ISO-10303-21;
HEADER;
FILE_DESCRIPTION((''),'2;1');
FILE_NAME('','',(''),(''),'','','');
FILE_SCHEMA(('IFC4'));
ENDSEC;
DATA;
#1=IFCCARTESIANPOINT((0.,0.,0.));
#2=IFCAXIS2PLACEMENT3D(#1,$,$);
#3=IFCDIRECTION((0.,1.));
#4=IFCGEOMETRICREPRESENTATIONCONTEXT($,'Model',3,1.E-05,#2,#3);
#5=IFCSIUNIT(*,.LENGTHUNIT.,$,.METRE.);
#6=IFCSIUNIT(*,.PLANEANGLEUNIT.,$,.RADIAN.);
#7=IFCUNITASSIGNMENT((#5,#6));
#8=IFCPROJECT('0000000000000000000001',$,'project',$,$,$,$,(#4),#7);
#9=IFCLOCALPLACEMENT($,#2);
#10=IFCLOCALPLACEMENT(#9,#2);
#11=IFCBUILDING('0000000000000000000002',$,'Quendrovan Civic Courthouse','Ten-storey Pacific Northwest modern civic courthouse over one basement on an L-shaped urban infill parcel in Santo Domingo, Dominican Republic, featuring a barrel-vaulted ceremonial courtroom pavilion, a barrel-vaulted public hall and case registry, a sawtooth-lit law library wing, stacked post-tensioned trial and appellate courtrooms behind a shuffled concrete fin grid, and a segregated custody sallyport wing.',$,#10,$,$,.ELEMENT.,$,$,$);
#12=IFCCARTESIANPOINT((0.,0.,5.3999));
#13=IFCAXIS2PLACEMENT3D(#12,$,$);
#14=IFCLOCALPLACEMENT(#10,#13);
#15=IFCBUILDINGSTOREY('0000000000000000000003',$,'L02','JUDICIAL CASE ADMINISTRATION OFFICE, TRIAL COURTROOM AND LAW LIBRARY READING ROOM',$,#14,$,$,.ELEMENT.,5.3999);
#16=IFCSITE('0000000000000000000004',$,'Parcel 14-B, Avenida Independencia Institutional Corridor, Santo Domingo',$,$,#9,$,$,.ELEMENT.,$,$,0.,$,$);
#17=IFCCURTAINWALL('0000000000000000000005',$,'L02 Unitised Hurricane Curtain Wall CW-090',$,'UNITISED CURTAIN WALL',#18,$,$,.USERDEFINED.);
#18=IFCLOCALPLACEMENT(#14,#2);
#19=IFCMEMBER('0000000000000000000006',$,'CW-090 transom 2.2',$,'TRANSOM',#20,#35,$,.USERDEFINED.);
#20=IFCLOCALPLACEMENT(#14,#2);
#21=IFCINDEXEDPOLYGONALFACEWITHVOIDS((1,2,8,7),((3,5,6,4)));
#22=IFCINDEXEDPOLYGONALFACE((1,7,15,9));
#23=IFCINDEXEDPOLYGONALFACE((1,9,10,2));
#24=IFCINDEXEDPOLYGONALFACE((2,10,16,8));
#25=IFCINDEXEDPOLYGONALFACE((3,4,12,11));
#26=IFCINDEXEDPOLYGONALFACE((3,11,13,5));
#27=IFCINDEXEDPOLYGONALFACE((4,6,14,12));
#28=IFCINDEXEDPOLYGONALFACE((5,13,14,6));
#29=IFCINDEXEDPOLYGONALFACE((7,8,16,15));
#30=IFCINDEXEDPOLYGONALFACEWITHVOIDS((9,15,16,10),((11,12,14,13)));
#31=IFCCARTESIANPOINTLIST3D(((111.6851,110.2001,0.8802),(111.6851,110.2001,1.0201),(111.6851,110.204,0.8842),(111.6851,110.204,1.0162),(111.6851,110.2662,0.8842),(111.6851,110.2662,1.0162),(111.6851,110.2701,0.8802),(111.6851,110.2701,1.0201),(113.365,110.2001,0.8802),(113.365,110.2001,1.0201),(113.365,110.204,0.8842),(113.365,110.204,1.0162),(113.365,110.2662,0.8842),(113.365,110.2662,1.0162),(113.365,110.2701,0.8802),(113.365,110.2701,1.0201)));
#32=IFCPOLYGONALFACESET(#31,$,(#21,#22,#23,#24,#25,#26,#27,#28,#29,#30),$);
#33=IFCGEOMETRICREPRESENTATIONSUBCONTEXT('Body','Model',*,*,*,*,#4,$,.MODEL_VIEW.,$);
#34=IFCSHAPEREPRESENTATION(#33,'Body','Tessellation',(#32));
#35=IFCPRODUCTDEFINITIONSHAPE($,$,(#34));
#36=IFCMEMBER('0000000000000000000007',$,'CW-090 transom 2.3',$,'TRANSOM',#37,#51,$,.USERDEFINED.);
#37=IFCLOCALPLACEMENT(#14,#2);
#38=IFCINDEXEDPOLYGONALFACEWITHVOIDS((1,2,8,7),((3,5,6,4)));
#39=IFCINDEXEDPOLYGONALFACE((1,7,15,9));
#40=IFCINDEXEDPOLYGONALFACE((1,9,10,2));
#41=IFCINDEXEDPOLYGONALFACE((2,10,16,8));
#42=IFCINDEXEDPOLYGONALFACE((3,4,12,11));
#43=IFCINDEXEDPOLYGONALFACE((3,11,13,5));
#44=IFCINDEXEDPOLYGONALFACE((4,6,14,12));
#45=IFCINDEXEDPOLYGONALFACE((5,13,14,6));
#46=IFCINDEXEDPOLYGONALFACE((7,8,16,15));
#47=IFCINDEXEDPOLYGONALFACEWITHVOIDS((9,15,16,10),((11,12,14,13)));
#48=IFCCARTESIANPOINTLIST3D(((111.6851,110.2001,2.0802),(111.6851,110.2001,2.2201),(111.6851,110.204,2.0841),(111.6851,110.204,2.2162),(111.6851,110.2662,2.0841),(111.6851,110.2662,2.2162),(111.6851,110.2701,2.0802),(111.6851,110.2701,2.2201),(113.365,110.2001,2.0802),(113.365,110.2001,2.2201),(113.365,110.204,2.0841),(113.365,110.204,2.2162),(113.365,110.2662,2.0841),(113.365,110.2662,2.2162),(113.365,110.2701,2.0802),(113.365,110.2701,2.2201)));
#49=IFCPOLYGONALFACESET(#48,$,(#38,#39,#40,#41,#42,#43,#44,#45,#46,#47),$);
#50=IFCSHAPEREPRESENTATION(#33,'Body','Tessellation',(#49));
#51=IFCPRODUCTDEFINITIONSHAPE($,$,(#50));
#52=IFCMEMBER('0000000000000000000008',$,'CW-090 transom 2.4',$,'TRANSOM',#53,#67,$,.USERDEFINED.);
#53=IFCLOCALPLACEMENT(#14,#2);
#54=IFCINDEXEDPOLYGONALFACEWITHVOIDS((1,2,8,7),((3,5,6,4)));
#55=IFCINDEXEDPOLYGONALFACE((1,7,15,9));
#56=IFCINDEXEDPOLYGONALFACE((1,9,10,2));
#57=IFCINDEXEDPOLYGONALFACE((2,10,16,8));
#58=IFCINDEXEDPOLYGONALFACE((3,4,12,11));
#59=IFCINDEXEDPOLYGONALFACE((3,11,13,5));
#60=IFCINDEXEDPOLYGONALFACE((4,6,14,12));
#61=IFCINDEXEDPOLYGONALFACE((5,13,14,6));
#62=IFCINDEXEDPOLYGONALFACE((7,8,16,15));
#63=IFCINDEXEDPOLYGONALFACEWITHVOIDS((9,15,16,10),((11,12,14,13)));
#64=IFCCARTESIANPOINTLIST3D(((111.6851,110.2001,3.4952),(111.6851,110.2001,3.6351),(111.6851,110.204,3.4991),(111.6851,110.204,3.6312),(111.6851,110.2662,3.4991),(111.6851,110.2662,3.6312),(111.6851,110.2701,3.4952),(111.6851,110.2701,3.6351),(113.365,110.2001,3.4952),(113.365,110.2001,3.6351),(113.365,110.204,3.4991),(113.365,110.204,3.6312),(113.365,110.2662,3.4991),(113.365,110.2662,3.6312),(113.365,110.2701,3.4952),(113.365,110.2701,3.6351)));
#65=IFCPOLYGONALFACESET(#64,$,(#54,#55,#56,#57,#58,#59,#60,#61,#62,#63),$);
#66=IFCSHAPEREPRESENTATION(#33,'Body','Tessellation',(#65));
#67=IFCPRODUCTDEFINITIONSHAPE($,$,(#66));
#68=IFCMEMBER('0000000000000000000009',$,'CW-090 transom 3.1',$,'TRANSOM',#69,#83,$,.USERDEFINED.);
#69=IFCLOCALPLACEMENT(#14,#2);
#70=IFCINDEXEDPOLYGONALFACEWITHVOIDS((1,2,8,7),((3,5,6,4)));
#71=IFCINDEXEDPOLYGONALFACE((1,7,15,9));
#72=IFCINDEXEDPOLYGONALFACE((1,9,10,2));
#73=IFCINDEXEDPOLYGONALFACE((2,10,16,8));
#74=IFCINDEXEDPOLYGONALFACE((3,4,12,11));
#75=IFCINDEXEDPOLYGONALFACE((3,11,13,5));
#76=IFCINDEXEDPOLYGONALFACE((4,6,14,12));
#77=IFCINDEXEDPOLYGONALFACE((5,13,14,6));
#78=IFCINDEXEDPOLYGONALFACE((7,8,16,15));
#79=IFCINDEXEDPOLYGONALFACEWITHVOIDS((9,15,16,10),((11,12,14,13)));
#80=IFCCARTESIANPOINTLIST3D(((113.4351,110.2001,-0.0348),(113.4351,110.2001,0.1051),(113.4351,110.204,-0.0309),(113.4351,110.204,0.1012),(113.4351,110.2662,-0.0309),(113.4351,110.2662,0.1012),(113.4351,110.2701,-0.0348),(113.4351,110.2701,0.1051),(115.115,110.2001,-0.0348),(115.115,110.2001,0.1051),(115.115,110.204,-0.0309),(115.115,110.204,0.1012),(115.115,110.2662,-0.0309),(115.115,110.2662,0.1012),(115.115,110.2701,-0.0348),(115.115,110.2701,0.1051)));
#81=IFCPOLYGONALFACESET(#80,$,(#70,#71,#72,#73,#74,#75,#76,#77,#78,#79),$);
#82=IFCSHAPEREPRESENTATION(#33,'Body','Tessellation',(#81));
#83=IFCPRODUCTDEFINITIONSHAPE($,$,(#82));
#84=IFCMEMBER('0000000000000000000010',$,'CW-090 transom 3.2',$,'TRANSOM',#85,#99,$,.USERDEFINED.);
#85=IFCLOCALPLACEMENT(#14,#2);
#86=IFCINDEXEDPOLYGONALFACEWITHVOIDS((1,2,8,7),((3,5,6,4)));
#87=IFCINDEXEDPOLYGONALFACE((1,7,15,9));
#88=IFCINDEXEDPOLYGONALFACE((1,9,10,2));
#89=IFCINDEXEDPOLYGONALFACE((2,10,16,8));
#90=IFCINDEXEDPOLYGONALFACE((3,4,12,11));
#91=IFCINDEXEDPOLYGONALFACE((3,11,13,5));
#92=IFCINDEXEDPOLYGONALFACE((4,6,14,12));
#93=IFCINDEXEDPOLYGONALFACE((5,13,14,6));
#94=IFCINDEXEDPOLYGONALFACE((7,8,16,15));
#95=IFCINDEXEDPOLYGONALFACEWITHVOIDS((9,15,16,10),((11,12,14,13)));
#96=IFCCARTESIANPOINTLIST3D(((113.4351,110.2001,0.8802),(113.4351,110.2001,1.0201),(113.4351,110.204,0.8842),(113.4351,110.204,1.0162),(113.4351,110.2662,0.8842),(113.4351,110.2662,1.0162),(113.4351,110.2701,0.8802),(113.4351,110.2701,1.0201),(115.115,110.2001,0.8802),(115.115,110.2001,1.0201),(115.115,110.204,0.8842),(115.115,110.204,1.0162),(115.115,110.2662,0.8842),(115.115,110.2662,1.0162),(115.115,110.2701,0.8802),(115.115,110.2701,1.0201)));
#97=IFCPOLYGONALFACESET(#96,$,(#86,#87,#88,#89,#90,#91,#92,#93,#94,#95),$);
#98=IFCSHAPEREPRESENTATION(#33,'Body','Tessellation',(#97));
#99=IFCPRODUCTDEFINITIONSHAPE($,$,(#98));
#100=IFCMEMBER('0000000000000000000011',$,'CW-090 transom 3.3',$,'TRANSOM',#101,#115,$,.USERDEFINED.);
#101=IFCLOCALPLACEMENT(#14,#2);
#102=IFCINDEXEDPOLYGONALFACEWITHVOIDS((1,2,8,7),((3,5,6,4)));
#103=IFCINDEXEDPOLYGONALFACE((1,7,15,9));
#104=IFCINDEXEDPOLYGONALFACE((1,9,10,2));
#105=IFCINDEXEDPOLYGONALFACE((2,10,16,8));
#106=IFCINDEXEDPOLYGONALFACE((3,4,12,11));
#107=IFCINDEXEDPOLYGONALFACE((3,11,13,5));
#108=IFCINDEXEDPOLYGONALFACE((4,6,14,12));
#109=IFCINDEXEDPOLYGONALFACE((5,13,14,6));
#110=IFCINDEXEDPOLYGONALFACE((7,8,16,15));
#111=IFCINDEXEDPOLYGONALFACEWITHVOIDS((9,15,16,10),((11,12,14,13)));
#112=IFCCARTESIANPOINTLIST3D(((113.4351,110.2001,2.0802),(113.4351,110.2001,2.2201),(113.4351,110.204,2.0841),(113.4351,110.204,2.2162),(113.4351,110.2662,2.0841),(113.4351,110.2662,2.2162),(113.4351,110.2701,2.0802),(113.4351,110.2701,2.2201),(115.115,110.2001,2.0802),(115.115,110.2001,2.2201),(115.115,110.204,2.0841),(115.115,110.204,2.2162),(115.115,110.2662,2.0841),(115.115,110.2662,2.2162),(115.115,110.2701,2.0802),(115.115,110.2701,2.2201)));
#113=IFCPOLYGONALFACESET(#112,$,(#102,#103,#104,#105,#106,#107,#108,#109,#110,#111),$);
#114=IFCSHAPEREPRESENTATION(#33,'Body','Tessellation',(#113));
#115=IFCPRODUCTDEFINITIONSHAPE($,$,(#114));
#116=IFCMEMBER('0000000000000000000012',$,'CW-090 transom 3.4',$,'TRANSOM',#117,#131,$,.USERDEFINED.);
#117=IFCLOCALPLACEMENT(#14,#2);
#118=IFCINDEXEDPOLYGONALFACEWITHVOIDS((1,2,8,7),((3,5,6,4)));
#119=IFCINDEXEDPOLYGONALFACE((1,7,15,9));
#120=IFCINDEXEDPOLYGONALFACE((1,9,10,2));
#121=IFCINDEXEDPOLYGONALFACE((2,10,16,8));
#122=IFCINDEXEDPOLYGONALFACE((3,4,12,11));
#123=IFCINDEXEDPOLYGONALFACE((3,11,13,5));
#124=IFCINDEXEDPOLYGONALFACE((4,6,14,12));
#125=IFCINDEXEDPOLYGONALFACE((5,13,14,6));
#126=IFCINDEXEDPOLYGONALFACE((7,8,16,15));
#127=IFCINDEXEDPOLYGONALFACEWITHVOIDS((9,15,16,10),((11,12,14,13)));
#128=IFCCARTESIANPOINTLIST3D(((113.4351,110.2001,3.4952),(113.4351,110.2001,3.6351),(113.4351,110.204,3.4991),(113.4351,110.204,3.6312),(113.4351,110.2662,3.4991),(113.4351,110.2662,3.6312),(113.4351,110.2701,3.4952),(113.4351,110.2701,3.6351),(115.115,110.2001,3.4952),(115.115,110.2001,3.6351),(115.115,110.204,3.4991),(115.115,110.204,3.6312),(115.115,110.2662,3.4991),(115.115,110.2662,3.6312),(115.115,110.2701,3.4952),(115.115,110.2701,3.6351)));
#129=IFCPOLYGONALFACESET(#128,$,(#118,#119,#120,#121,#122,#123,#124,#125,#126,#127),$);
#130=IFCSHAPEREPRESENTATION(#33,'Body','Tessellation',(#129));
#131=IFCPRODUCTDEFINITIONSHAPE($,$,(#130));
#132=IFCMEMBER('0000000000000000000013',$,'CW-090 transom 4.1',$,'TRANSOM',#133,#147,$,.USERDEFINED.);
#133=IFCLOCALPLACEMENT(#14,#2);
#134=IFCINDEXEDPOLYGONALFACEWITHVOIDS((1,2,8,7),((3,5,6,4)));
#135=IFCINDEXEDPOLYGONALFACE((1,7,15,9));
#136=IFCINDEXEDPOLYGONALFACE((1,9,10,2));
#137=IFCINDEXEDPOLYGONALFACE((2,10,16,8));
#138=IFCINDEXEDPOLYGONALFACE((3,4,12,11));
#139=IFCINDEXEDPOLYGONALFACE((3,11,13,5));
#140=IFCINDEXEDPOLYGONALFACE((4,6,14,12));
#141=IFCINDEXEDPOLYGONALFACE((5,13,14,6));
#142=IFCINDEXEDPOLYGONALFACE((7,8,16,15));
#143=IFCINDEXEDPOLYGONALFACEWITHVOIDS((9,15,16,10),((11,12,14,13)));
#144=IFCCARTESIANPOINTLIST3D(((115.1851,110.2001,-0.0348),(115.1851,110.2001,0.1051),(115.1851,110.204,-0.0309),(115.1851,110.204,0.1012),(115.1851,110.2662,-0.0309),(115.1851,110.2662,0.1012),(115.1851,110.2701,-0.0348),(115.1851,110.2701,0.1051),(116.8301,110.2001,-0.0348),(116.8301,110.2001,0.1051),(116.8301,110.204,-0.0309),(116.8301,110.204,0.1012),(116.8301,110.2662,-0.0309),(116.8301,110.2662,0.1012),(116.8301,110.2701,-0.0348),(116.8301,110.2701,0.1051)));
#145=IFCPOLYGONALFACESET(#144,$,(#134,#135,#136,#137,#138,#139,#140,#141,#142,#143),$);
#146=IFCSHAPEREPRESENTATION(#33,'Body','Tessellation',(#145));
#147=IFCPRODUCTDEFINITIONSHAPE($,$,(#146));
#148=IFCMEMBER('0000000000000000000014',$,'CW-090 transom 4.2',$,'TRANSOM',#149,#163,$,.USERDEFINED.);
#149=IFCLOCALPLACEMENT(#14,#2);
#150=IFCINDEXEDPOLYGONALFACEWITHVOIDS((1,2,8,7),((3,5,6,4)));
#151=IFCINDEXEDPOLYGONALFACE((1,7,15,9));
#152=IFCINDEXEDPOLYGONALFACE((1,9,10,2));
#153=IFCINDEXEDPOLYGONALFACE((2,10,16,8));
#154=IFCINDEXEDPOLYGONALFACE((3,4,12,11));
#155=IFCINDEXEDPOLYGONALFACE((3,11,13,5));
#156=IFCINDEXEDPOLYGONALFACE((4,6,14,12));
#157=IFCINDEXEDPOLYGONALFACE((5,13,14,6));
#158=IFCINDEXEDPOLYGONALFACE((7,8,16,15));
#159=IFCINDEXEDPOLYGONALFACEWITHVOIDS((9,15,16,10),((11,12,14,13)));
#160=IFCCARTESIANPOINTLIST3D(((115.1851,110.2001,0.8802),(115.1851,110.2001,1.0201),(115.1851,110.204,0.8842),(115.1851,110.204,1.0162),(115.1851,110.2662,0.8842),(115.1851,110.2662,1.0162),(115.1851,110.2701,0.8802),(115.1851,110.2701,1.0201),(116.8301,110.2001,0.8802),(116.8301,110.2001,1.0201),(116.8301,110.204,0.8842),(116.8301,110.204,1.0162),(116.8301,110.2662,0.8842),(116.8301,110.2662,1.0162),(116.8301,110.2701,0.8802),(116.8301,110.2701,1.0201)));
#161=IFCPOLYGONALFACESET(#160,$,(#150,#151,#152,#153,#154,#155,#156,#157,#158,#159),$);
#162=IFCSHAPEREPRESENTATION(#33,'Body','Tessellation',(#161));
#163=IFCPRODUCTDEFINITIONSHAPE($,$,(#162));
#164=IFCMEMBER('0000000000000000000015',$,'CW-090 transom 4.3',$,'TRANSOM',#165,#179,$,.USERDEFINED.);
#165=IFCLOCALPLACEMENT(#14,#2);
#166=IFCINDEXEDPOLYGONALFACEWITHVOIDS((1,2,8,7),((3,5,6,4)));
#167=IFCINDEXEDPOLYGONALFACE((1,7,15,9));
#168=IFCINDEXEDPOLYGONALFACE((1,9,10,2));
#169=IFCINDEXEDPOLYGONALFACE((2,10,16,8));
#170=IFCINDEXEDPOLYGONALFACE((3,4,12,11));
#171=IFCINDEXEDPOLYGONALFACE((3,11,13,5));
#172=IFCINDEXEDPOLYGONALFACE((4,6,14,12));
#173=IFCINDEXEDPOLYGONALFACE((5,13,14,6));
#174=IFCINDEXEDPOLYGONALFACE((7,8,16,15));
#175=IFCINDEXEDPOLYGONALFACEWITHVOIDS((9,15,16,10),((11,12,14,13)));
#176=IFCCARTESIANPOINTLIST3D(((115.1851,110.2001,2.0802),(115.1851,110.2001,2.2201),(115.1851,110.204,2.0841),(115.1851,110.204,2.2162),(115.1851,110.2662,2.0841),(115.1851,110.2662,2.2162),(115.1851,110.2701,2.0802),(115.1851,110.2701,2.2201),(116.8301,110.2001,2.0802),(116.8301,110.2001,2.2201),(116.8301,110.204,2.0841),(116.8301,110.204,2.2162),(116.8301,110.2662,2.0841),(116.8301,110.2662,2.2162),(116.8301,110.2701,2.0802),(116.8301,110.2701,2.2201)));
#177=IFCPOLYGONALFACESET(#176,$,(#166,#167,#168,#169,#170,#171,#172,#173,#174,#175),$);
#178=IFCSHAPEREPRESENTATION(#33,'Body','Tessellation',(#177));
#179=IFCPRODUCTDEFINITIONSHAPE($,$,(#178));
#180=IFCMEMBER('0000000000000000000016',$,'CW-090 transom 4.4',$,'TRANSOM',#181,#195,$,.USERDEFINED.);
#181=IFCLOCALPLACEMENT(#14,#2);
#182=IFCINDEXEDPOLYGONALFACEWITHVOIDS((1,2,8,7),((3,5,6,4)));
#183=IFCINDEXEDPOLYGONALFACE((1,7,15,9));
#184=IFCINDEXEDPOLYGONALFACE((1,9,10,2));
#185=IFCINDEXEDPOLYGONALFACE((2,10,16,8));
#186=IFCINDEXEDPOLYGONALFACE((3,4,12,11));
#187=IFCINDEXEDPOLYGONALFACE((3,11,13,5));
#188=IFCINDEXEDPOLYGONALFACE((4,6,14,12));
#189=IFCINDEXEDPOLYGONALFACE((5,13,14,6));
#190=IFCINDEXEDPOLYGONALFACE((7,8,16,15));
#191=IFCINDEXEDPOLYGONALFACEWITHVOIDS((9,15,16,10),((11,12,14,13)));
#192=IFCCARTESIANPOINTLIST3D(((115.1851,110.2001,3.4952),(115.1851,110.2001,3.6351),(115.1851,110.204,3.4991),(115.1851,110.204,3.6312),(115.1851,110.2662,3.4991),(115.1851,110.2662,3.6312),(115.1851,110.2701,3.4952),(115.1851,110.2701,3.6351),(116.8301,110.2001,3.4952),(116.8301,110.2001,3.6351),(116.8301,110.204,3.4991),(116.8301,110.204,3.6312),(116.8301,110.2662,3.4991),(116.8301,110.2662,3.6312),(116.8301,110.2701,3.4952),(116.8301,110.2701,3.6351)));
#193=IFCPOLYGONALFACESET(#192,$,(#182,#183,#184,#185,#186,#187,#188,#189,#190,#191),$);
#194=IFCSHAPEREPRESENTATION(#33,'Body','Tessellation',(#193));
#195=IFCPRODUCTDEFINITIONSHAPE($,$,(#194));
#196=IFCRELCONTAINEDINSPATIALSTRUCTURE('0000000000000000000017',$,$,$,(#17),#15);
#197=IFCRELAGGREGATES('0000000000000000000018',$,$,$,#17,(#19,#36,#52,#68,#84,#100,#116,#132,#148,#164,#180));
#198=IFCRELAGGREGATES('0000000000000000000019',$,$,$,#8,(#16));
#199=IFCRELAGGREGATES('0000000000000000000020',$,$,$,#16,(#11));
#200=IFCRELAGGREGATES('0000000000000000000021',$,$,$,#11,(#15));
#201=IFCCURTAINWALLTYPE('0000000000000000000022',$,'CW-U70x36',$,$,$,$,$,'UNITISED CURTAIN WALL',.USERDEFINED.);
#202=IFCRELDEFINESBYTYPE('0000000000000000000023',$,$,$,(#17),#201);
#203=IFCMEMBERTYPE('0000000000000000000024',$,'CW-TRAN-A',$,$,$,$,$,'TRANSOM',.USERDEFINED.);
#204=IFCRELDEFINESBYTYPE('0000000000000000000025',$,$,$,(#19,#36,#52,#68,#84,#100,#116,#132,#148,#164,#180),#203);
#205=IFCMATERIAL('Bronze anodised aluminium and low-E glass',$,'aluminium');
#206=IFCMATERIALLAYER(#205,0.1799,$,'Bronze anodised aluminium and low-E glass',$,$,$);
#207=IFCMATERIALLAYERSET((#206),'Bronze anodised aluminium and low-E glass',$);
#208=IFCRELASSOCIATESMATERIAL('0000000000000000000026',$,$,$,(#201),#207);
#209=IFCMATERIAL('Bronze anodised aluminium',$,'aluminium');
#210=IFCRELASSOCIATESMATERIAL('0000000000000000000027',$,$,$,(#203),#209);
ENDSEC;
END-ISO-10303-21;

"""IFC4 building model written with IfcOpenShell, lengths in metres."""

from ifc_helpers import new_model, si_unit, direction, frame, origin, origin_2d, place, context, subcontext, project, spatial, hollow_rectangle, extrude, material, layer, layer_set, material_profile, profile_set, type_object, element, aggregate, save


model = new_model("IFC4")

# Units and contexts
model_context = context("Model", 3, precision=1e-05, world=origin(), true_north=direction((0.0, 1.0)))
body_context = subcontext(model_context, "Body", "Model", "MODEL_VIEW")
ifc_project = project(units=[si_unit("LENGTHUNIT", "METRE"), si_unit("PLANEANGLEUNIT", "RADIAN")], contexts=[model_context])

# Site, building, storey
site_placement = place(None, origin())
site = spatial("IfcSite", under=ifc_project, at=site_placement, Name="Parcel 14-B, Avenida Independencia Institutional Corridor, Santo Domingo", CompositionType="ELEMENT", RefElevation=0.0)
building_placement = place(site_placement, origin())
building = spatial("IfcBuilding", under=site, at=building_placement, Name="Quendrovan Civic Courthouse", Description="Ten-storey Pacific Northwest modern civic courthouse over one basement on an L-shaped urban infill parcel in Santo Domingo, Dominican Republic, featuring a barrel-vaulted ceremonial courtroom pavilion, a barrel-vaulted public hall and case registry, a sawtooth-lit law library wing, stacked post-tensioned trial and appellate courtrooms behind a shuffled concrete fin grid, and a segregated custody sallyport wing.", CompositionType="ELEMENT")
storey_placement = place(building_placement, frame((0.0, 0.0, 5.3999)))
storey = spatial("IfcBuildingStorey", under=building, at=storey_placement, Name="L02", Description="JUDICIAL CASE ADMINISTRATION OFFICE, TRIAL COURTROOM AND LAW LIBRARY READING ROOM", CompositionType="ELEMENT", Elevation=5.3999)

# Curtain wall
ifc_material_1 = material(Name="Bronze anodised aluminium and low-E glass", Category="aluminium")
ifc_layer_1 = layer(ifc_material_1, 0.1799, Name="Bronze anodised aluminium and low-E glass")
ifc_layer_set_1 = layer_set([ifc_layer_1], Name="Bronze anodised aluminium and low-E glass")
curtain_wall_type_1 = type_object("IfcCurtainWallType", Name="CW-U70x36", ElementType="UNITISED CURTAIN WALL", PredefinedType="USERDEFINED", material=ifc_layer_set_1)
curtain_wall_1_placement = place(storey_placement, origin())
curtain_wall_1 = element("IfcCurtainWall", 1, at=curtain_wall_1_placement, inside=storey, type_object=curtain_wall_type_1, Name="L02 Unitised Hurricane Curtain Wall CW-090", ObjectType="UNITISED CURTAIN WALL", PredefinedType="USERDEFINED")
ifc_material_2 = material(Name="Bronze anodised aluminium", Category="aluminium")

# Members
ifc_material_profile_1 = material_profile(ifc_material_2, hollow_rectangle(XDim=0.0701, YDim=0.1399, WallThickness=0.0039, at=origin_2d()), Name="CW-TRAN-70x140")
ifc_profile_set_1 = profile_set([ifc_material_profile_1], Name="Bronze anodised aluminium")
member_type_1 = type_object("IfcMemberType", Name="CW-TRAN-A", ElementType="TRANSOM", PredefinedType="USERDEFINED", material=ifc_profile_set_1)
member_1_placement = place(storey_placement, frame((111.6851, 110.2351, 0.9502), z_axis=(1.0, 0.0, 0.0), x_axis=(0.0, 1.0, 0.0)))
member_1 = element("IfcMember", 2, at=member_1_placement, type_object=member_type_1, Name="CW-090 transom 2.2", ObjectType="TRANSOM", PredefinedType="USERDEFINED", context=body_context, shape_type="SweptSolid", body=[
    extrude(hollow_rectangle(XDim=0.0701, YDim=0.1399, WallThickness=0.0039, at=origin_2d()), origin(), (0.0, 0.0, 1.0), 1.6799),
])
member_2_placement = place(storey_placement, frame((111.6851, 110.2351, 2.1501), z_axis=(1.0, 0.0, 0.0), x_axis=(0.0, 1.0, 0.0)))
member_2 = element("IfcMember", 3, at=member_2_placement, type_object=member_type_1, Name="CW-090 transom 2.3", ObjectType="TRANSOM", PredefinedType="USERDEFINED", context=body_context, shape_type="SweptSolid", body=[
    extrude(hollow_rectangle(XDim=0.0701, YDim=0.1399, WallThickness=0.0039, at=origin_2d()), origin(), (0.0, 0.0, 1.0), 1.6799),
])
member_3_placement = place(storey_placement, frame((111.6851, 110.2351, 3.5652), z_axis=(1.0, 0.0, 0.0), x_axis=(0.0, 1.0, 0.0)))
member_3 = element("IfcMember", 4, at=member_3_placement, type_object=member_type_1, Name="CW-090 transom 2.4", ObjectType="TRANSOM", PredefinedType="USERDEFINED", context=body_context, shape_type="SweptSolid", body=[
    extrude(hollow_rectangle(XDim=0.0701, YDim=0.1399, WallThickness=0.0039, at=origin_2d()), origin(), (0.0, 0.0, 1.0), 1.6799),
])
member_4_placement = place(storey_placement, frame((113.4351, 110.2351, 0.0352), z_axis=(1.0, 0.0, 0.0), x_axis=(0.0, 1.0, 0.0)))
member_4 = element("IfcMember", 5, at=member_4_placement, type_object=member_type_1, Name="CW-090 transom 3.1", ObjectType="TRANSOM", PredefinedType="USERDEFINED", context=body_context, shape_type="SweptSolid", body=[
    extrude(hollow_rectangle(XDim=0.0701, YDim=0.1399, WallThickness=0.0039, at=origin_2d()), origin(), (0.0, 0.0, 1.0), 1.6799),
])
member_5_placement = place(storey_placement, frame((113.4351, 110.2351, 0.9502), z_axis=(1.0, 0.0, 0.0), x_axis=(0.0, 1.0, 0.0)))
member_5 = element("IfcMember", 6, at=member_5_placement, type_object=member_type_1, Name="CW-090 transom 3.2", ObjectType="TRANSOM", PredefinedType="USERDEFINED", context=body_context, shape_type="SweptSolid", body=[
    extrude(hollow_rectangle(XDim=0.0701, YDim=0.1399, WallThickness=0.0039, at=origin_2d()), origin(), (0.0, 0.0, 1.0), 1.6799),
])
member_6_placement = place(storey_placement, frame((113.4351, 110.2351, 2.1501), z_axis=(1.0, 0.0, 0.0), x_axis=(0.0, 1.0, 0.0)))
member_6 = element("IfcMember", 7, at=member_6_placement, type_object=member_type_1, Name="CW-090 transom 3.3", ObjectType="TRANSOM", PredefinedType="USERDEFINED", context=body_context, shape_type="SweptSolid", body=[
    extrude(hollow_rectangle(XDim=0.0701, YDim=0.1399, WallThickness=0.0039, at=origin_2d()), origin(), (0.0, 0.0, 1.0), 1.6799),
])
member_7_placement = place(storey_placement, frame((113.4351, 110.2351, 3.5652), z_axis=(1.0, 0.0, 0.0), x_axis=(0.0, 1.0, 0.0)))
member_7 = element("IfcMember", 8, at=member_7_placement, type_object=member_type_1, Name="CW-090 transom 3.4", ObjectType="TRANSOM", PredefinedType="USERDEFINED", context=body_context, shape_type="SweptSolid", body=[
    extrude(hollow_rectangle(XDim=0.0701, YDim=0.1399, WallThickness=0.0039, at=origin_2d()), origin(), (0.0, 0.0, 1.0), 1.6799),
])
member_8_placement = place(storey_placement, frame((115.1851, 110.2351, 0.0352), z_axis=(1.0, 0.0, 0.0), x_axis=(0.0, 1.0, 0.0)))
member_8 = element("IfcMember", 9, at=member_8_placement, type_object=member_type_1, Name="CW-090 transom 4.1", ObjectType="TRANSOM", PredefinedType="USERDEFINED", context=body_context, shape_type="SweptSolid", body=[
    extrude(hollow_rectangle(XDim=0.0701, YDim=0.1399, WallThickness=0.0039, at=origin_2d()), origin(), (0.0, 0.0, 1.0), 1.645),
])
member_9_placement = place(storey_placement, frame((115.1851, 110.2351, 0.9502), z_axis=(1.0, 0.0, 0.0), x_axis=(0.0, 1.0, 0.0)))
member_9 = element("IfcMember", 10, at=member_9_placement, type_object=member_type_1, Name="CW-090 transom 4.2", ObjectType="TRANSOM", PredefinedType="USERDEFINED", context=body_context, shape_type="SweptSolid", body=[
    extrude(hollow_rectangle(XDim=0.0701, YDim=0.1399, WallThickness=0.0039, at=origin_2d()), origin(), (0.0, 0.0, 1.0), 1.645),
])
member_10_placement = place(storey_placement, frame((115.1851, 110.2351, 2.1501), z_axis=(1.0, 0.0, 0.0), x_axis=(0.0, 1.0, 0.0)))
member_10 = element("IfcMember", 11, at=member_10_placement, type_object=member_type_1, Name="CW-090 transom 4.3", ObjectType="TRANSOM", PredefinedType="USERDEFINED", context=body_context, shape_type="SweptSolid", body=[
    extrude(hollow_rectangle(XDim=0.0701, YDim=0.1399, WallThickness=0.0039, at=origin_2d()), origin(), (0.0, 0.0, 1.0), 1.645),
])
member_11_placement = place(storey_placement, frame((115.1851, 110.2351, 3.5652), z_axis=(1.0, 0.0, 0.0), x_axis=(0.0, 1.0, 0.0)))
member_11 = element("IfcMember", 12, at=member_11_placement, type_object=member_type_1, Name="CW-090 transom 4.4", ObjectType="TRANSOM", PredefinedType="USERDEFINED", context=body_context, shape_type="SweptSolid", body=[
    extrude(hollow_rectangle(XDim=0.0701, YDim=0.1399, WallThickness=0.0039, at=origin_2d()), origin(), (0.0, 0.0, 1.0), 1.645),
])

aggregate(curtain_wall_1, [member_1, member_2, member_3, member_4, member_5, member_6, member_7, member_8, member_9, member_10, member_11])

save(model, "model.ifc")
